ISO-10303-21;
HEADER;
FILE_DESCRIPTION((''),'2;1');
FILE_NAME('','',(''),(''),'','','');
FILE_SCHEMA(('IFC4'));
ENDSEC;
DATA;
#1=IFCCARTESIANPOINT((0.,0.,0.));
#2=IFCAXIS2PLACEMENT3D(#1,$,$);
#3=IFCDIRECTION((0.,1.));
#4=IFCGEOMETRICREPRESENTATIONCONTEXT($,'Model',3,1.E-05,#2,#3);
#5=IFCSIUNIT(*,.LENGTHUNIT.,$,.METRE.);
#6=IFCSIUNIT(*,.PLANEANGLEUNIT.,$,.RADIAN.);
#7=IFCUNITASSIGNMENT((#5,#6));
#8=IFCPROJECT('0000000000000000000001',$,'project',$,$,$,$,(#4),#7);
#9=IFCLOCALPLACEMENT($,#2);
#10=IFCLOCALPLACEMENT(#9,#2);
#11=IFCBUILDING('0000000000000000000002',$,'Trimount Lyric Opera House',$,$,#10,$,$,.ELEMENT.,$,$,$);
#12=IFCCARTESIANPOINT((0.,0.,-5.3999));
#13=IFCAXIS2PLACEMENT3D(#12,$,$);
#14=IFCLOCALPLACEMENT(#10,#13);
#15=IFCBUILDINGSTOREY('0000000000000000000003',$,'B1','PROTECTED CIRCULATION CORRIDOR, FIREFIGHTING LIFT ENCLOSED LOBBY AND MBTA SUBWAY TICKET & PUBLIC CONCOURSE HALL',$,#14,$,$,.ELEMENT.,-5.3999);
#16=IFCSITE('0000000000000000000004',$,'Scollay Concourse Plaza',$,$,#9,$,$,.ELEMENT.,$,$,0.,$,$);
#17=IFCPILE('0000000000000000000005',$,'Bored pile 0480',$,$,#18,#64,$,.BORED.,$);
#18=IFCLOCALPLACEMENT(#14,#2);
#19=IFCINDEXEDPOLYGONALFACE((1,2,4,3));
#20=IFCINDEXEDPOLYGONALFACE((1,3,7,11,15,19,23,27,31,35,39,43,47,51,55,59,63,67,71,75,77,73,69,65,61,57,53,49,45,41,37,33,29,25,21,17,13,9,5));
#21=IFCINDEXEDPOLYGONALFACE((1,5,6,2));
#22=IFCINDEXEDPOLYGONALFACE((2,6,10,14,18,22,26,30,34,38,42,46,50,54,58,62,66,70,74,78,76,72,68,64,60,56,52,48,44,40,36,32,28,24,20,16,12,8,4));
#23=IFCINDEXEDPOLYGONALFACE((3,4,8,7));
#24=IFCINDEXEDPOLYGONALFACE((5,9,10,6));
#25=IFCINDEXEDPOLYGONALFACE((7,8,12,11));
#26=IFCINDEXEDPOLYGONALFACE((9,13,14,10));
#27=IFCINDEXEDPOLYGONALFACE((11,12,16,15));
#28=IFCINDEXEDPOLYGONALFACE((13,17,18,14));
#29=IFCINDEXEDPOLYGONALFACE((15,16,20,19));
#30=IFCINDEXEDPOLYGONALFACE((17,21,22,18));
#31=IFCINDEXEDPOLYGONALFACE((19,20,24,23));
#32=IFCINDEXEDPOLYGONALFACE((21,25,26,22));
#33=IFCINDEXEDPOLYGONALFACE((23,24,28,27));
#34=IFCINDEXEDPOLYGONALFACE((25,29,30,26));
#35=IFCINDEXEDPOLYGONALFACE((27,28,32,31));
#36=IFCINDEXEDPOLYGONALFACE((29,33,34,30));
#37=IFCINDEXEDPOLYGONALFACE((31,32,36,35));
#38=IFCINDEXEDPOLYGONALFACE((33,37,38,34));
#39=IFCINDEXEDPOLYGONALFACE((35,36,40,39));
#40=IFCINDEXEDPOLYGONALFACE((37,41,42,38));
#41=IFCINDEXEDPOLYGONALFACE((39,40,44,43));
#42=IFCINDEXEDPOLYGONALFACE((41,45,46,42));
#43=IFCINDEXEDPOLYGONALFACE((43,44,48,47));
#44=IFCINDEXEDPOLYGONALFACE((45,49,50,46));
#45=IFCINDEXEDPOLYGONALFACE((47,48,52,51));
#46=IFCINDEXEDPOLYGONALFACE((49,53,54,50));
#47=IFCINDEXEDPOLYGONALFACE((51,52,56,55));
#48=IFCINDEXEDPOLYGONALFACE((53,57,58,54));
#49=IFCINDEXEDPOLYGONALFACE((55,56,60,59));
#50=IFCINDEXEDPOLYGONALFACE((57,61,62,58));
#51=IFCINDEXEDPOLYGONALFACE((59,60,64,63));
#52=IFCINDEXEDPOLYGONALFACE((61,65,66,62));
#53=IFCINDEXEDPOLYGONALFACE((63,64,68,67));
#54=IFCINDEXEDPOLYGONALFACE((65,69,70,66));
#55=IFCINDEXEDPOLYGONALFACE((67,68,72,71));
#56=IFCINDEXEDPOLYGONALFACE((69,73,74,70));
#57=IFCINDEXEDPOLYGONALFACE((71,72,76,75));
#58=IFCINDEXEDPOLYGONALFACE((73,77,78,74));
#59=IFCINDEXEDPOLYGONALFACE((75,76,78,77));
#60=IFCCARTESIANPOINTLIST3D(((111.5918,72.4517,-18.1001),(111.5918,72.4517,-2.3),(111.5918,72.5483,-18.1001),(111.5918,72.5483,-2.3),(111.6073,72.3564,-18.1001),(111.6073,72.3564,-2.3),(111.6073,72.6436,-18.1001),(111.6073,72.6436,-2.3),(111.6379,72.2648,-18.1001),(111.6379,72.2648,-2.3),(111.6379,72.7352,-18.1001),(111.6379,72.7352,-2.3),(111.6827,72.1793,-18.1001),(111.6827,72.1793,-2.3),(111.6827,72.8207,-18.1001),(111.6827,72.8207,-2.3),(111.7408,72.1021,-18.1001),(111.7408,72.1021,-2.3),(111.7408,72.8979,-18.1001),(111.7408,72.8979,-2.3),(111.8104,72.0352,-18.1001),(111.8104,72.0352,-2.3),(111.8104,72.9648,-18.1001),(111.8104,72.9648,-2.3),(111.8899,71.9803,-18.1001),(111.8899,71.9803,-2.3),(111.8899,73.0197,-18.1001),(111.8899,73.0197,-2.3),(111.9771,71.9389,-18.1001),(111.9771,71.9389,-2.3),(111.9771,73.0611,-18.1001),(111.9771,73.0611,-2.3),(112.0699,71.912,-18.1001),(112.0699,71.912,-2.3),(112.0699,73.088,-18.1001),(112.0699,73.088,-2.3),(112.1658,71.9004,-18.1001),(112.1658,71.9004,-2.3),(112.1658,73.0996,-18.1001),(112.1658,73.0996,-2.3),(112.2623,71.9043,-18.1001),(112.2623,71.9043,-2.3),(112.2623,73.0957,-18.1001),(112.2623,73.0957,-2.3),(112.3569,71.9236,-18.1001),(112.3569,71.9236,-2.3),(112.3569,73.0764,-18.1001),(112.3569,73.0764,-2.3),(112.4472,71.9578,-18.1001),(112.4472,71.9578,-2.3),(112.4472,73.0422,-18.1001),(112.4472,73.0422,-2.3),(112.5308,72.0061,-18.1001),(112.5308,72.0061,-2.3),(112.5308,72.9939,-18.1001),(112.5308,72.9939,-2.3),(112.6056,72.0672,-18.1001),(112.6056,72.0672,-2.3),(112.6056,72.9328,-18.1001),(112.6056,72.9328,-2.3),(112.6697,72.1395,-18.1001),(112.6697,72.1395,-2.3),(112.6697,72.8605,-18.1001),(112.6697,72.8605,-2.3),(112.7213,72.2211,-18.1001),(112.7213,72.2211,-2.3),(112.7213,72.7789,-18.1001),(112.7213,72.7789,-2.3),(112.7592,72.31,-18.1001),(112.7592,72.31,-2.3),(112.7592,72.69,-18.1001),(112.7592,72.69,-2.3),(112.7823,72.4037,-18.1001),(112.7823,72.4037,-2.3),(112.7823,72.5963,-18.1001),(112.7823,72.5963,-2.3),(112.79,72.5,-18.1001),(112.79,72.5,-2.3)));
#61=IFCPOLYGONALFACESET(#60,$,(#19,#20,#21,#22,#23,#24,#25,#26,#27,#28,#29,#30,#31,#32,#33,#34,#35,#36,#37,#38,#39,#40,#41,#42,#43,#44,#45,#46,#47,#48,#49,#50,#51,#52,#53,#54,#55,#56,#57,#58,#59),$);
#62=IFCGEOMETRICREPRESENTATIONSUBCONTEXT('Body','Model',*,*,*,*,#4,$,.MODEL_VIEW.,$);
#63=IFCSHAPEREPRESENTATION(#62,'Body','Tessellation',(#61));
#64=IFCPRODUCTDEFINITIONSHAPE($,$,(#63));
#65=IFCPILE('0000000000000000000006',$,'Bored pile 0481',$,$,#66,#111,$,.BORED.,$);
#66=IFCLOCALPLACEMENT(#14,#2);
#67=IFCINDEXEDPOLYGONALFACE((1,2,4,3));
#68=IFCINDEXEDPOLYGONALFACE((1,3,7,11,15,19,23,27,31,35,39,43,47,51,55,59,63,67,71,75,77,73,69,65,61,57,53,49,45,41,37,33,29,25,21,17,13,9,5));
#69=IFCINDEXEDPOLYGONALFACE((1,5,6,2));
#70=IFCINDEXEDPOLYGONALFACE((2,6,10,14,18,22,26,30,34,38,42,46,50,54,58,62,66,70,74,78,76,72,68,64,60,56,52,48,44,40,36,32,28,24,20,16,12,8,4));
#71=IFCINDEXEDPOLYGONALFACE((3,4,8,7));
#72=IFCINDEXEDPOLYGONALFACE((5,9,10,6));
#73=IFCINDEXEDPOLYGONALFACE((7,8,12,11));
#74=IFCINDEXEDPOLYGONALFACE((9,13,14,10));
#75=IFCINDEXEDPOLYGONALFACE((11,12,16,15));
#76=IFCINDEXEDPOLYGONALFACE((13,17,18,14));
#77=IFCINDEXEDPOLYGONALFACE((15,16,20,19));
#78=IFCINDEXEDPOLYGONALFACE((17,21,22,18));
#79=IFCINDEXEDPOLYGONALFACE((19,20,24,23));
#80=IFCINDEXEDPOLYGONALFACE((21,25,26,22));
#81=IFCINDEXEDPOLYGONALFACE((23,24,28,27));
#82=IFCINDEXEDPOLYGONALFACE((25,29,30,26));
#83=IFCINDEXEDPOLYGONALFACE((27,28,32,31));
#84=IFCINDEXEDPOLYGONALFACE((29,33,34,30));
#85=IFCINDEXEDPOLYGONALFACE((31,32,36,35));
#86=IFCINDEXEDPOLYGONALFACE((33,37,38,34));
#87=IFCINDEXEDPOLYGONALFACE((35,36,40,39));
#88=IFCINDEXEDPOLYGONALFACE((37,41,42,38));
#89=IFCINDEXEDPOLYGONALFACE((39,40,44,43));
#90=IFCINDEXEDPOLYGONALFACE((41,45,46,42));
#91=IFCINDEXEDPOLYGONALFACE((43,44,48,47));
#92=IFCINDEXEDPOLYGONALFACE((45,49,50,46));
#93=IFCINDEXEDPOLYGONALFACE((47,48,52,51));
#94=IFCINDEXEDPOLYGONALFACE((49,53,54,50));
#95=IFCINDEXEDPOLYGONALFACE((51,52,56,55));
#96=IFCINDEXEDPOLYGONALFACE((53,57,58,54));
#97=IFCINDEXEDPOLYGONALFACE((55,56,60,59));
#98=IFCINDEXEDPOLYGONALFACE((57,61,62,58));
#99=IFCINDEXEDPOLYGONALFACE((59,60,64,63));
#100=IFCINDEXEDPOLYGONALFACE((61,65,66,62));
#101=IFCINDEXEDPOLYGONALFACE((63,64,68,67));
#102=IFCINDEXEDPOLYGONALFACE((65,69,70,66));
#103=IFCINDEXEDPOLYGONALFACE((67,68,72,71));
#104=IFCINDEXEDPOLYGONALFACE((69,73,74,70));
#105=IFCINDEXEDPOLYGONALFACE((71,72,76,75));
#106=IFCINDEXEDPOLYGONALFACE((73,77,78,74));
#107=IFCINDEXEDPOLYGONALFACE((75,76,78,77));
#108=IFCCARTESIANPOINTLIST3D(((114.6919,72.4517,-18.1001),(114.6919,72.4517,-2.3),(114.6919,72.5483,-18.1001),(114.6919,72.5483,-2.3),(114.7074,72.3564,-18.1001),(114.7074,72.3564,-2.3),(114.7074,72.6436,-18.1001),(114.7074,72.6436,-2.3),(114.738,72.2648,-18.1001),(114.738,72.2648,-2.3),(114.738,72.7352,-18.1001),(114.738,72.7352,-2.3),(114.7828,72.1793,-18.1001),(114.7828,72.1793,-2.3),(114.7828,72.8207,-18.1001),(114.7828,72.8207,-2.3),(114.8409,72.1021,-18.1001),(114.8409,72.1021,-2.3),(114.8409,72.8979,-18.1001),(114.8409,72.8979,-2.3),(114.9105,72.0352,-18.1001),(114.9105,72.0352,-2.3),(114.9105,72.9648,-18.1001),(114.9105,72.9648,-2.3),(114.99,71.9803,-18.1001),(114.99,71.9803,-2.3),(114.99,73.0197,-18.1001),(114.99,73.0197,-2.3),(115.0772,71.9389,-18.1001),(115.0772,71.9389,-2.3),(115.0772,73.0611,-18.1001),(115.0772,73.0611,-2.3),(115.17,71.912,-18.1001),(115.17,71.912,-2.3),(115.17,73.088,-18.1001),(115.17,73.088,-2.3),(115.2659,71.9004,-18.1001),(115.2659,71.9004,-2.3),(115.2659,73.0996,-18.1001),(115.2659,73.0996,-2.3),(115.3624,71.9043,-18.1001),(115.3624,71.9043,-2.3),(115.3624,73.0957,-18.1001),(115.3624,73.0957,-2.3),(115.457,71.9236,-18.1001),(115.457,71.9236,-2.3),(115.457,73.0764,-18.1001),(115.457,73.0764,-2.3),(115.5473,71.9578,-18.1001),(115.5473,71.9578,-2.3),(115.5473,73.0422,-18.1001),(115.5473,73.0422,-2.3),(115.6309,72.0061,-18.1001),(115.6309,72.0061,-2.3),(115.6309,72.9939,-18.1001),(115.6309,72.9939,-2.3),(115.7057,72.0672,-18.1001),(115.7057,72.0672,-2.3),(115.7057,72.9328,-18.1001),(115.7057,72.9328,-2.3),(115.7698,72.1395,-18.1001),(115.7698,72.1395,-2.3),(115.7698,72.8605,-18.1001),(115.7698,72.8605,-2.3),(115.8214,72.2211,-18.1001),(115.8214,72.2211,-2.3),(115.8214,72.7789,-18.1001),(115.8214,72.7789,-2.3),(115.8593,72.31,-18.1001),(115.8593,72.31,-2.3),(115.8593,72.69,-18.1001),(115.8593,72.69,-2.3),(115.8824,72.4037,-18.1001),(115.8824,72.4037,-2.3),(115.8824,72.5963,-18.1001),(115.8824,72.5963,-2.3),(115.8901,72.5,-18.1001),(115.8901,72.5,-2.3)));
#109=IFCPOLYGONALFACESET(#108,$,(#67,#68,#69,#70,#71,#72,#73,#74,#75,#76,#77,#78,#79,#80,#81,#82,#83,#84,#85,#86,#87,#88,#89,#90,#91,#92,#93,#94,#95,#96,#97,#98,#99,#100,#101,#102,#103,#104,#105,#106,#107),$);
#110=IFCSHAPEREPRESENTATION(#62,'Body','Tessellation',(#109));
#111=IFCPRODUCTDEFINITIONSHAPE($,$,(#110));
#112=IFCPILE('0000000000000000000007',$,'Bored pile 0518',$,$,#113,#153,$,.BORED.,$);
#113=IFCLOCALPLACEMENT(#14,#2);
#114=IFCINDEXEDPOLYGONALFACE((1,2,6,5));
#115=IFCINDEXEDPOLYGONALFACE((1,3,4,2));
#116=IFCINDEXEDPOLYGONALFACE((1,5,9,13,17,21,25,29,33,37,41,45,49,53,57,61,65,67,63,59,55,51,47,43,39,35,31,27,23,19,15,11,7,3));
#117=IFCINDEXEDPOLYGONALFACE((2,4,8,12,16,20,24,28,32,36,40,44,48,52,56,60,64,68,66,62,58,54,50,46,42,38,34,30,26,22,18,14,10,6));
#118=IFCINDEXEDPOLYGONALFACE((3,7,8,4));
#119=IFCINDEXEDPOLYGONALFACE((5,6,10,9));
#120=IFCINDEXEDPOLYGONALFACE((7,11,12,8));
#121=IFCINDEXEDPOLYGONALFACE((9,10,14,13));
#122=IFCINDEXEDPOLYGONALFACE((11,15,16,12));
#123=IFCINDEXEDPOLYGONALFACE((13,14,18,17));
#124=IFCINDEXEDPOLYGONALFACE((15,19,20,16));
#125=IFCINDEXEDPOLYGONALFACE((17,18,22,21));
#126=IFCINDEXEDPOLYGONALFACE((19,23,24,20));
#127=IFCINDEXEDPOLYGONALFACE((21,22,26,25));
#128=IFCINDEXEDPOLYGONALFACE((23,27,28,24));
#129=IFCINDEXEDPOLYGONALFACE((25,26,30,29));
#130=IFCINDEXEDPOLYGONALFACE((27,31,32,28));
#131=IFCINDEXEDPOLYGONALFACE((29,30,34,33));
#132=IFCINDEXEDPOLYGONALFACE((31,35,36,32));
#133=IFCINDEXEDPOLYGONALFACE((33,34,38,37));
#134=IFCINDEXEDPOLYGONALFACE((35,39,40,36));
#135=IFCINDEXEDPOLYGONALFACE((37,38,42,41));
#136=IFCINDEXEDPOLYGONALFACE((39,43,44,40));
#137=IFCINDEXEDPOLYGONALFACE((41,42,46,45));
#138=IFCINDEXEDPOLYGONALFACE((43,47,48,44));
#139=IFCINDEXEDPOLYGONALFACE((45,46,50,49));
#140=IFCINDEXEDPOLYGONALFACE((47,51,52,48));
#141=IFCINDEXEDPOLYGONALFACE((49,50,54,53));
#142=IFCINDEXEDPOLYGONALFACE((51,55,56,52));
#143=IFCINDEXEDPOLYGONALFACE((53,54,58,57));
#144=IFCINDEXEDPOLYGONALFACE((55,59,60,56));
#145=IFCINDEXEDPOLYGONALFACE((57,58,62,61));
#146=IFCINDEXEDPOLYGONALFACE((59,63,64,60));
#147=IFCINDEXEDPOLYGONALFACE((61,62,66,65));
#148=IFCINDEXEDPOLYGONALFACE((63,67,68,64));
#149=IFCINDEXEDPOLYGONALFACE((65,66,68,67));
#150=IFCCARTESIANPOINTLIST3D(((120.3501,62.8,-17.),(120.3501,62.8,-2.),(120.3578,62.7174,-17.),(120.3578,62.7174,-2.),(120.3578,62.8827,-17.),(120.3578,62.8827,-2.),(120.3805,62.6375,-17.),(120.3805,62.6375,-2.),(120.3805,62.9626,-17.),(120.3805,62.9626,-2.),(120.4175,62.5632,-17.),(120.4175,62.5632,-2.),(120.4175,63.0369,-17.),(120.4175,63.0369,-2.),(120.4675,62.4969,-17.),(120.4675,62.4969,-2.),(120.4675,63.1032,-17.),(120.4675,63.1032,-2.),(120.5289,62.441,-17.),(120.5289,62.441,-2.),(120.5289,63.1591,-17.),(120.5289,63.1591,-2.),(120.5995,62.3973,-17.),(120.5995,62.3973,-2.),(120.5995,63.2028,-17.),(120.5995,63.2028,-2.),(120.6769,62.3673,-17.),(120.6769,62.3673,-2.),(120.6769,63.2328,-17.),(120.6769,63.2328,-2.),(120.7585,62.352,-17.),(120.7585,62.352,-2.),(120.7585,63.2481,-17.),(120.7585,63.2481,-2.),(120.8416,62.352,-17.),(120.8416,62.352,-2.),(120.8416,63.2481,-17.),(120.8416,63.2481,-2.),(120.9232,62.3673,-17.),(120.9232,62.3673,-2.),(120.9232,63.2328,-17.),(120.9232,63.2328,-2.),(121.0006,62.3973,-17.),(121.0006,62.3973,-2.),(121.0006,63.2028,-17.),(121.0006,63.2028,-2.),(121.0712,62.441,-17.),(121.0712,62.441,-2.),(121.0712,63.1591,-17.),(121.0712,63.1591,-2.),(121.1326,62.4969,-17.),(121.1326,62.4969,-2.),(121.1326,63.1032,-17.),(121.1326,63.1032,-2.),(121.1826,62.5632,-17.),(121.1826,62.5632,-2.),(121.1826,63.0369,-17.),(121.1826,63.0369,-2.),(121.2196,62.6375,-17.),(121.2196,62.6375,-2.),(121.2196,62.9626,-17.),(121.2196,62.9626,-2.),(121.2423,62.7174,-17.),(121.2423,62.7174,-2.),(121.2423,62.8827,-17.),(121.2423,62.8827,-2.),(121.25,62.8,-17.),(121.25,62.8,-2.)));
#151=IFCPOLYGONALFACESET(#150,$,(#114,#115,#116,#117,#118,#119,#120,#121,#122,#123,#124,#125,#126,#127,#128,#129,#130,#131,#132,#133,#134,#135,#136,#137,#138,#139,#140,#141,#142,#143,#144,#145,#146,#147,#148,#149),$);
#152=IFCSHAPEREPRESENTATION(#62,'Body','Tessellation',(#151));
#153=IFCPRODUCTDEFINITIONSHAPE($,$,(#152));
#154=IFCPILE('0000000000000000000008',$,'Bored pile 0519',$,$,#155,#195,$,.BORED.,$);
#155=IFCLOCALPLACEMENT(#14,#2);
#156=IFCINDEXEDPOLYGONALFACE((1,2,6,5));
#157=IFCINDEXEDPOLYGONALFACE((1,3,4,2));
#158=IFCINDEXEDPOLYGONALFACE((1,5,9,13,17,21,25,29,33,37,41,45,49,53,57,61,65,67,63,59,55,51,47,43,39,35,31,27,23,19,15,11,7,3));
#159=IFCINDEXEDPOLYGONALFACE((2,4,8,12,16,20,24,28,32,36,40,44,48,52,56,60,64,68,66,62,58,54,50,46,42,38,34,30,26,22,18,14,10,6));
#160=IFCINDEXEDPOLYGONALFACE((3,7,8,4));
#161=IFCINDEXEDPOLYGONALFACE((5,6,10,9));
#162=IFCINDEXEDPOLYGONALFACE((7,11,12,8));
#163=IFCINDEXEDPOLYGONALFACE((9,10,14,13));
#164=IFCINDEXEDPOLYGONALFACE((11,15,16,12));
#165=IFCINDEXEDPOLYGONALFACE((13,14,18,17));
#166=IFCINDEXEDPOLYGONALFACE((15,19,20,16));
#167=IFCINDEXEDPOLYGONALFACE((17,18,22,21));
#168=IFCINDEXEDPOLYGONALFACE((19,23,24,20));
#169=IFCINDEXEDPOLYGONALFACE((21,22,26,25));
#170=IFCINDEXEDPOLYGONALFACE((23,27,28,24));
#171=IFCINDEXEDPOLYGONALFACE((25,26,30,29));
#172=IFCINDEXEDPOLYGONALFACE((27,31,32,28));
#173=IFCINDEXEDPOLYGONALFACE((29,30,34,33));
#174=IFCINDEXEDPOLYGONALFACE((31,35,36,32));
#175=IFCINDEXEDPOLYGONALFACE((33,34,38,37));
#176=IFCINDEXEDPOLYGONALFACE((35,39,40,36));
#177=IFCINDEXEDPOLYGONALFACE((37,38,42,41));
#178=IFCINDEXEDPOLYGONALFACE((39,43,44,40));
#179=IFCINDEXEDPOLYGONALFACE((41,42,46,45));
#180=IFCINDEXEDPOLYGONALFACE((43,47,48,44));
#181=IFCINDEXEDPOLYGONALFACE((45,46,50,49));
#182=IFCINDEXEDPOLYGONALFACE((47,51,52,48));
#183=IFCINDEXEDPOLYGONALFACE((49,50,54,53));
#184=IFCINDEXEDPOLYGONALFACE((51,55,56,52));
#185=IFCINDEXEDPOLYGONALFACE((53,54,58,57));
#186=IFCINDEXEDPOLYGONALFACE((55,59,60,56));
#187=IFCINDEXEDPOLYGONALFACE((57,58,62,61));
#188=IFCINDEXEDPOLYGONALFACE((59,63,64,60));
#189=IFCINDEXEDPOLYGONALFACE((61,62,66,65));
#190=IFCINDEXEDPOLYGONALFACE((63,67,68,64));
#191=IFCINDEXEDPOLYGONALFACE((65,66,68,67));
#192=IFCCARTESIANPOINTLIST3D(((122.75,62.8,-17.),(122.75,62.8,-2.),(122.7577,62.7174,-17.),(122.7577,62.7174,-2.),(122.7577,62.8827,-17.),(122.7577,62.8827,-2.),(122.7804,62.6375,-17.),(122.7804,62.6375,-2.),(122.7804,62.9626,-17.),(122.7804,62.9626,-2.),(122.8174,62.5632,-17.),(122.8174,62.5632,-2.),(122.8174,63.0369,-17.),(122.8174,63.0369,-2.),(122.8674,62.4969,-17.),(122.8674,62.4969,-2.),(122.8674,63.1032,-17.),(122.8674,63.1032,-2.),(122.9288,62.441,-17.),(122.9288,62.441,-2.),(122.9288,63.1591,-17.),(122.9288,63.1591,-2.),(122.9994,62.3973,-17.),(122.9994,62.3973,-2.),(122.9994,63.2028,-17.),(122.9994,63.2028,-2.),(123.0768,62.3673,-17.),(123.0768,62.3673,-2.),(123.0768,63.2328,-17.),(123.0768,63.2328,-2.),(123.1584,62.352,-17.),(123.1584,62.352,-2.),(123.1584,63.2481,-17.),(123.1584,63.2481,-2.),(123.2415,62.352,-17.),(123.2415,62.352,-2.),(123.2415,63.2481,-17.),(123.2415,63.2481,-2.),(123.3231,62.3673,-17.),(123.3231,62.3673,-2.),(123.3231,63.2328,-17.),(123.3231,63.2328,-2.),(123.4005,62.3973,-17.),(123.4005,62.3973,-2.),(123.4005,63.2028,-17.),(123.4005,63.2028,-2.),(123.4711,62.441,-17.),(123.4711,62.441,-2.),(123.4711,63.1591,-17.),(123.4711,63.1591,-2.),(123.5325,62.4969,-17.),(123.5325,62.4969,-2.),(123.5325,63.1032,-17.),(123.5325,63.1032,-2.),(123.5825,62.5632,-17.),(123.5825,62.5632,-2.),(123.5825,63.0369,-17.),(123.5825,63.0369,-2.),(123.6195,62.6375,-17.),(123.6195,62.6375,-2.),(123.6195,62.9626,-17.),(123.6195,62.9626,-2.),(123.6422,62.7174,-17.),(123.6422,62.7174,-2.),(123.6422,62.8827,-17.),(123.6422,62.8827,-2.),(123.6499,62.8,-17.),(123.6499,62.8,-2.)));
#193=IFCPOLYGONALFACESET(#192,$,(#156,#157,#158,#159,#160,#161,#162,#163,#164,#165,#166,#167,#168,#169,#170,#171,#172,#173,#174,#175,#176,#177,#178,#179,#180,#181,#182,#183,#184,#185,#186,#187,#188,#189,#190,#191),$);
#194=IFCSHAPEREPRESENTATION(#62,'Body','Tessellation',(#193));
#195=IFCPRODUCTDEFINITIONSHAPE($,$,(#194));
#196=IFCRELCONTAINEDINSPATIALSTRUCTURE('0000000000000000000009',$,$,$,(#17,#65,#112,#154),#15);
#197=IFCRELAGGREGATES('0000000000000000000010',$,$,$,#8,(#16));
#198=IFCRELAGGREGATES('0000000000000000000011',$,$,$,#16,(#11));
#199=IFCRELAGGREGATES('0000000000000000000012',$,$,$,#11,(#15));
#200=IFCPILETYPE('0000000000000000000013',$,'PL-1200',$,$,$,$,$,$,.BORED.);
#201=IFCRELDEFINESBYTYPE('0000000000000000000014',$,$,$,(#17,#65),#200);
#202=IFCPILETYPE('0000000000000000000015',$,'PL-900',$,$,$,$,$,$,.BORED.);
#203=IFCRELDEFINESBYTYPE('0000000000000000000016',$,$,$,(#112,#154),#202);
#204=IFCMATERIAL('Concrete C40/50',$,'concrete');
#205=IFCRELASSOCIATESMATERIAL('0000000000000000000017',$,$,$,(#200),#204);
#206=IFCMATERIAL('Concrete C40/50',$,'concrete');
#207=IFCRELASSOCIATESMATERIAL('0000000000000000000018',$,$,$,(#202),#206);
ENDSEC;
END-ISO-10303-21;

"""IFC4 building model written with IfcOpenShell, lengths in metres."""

from ifc_helpers import new_model, si_unit, direction, frame, origin, origin_2d, place, context, subcontext, project, spatial, circle, extrude, material, material_profile, profile_set, type_object, element, save


model = new_model("IFC4")

# Units and contexts
model_context = context("Model", 3, precision=1e-05, world=origin(), true_north=direction((0.0, 1.0)))
body_context = subcontext(model_context, "Body", "Model", "MODEL_VIEW")
ifc_project = project(units=[si_unit("LENGTHUNIT", "METRE"), si_unit("PLANEANGLEUNIT", "RADIAN")], contexts=[model_context])

# Site, building, storey
site_placement = place(None, origin())
site = spatial("IfcSite", under=ifc_project, at=site_placement, Name="Scollay Concourse Plaza", CompositionType="ELEMENT", RefElevation=0.0)
building_placement = place(site_placement, origin())
building = spatial("IfcBuilding", under=site, at=building_placement, Name="Trimount Lyric Opera House", CompositionType="ELEMENT")
storey_placement = place(building_placement, frame((0.0, 0.0, -5.3999)))
storey = spatial("IfcBuildingStorey", under=building, at=storey_placement, Name="B1", Description="PROTECTED CIRCULATION CORRIDOR, FIREFIGHTING LIFT ENCLOSED LOBBY AND MBTA SUBWAY TICKET & PUBLIC CONCOURSE HALL", CompositionType="ELEMENT", Elevation=-5.3999)

# Piles
ifc_material_1 = material(Name="Concrete C40/50", Category="concrete")
ifc_material_profile_1 = material_profile(ifc_material_1, circle(Radius=0.6001, at=origin_2d()), Name="PILE-D1200")
ifc_profile_set_1 = profile_set([ifc_material_profile_1], Name="Concrete C40/50")
pile_type_1 = type_object("IfcPileType", Name="PL-1200", PredefinedType="BORED", material=ifc_profile_set_1)
for number, where, z_axis, x_axis, name in (
    (1, (112.1899, 72.5, -2.3), (0.0, 0.0, -1.0), (1.0, 0.0, 0.0), "Bored pile 0480"),
    (2, (115.29, 72.5, -2.3), (0.0, 0.0, -1.0), (1.0, 0.0, 0.0), "Bored pile 0481"),
):
    element("IfcPile", number, at=place(storey_placement, frame(where, z_axis=z_axis, x_axis=x_axis)), inside=storey, type_object=pile_type_1, Name=name, PredefinedType="BORED", context=body_context, shape_type="SweptSolid", body=[
        extrude(circle(Radius=0.6001, at=origin_2d()), origin(), (0.0, 0.0, 1.0), 15.8),
    ])
ifc_material_2 = material(Name="Concrete C40/50", Category="concrete")
ifc_material_profile_2 = material_profile(ifc_material_2, circle(Radius=0.45, at=origin_2d()), Name="PILE-D900")
ifc_profile_set_2 = profile_set([ifc_material_profile_2], Name="Concrete C40/50")
pile_type_2 = type_object("IfcPileType", Name="PL-900", PredefinedType="BORED", material=ifc_profile_set_2)
for number, where, z_axis, x_axis, name in (
    (3, (120.8, 62.8, -2.0), (0.0, 0.0, -1.0), (1.0, 0.0, 0.0), "Bored pile 0518"),
    (4, (123.2, 62.8, -2.0), (0.0, 0.0, -1.0), (1.0, 0.0, 0.0), "Bored pile 0519"),
):
    element("IfcPile", number, at=place(storey_placement, frame(where, z_axis=z_axis, x_axis=x_axis)), inside=storey, type_object=pile_type_2, Name=name, PredefinedType="BORED", context=body_context, shape_type="SweptSolid", body=[
        extrude(circle(Radius=0.45, at=origin_2d()), origin(), (0.0, 0.0, 1.0), 15.0),
    ])

save(model, "model.ifc")
